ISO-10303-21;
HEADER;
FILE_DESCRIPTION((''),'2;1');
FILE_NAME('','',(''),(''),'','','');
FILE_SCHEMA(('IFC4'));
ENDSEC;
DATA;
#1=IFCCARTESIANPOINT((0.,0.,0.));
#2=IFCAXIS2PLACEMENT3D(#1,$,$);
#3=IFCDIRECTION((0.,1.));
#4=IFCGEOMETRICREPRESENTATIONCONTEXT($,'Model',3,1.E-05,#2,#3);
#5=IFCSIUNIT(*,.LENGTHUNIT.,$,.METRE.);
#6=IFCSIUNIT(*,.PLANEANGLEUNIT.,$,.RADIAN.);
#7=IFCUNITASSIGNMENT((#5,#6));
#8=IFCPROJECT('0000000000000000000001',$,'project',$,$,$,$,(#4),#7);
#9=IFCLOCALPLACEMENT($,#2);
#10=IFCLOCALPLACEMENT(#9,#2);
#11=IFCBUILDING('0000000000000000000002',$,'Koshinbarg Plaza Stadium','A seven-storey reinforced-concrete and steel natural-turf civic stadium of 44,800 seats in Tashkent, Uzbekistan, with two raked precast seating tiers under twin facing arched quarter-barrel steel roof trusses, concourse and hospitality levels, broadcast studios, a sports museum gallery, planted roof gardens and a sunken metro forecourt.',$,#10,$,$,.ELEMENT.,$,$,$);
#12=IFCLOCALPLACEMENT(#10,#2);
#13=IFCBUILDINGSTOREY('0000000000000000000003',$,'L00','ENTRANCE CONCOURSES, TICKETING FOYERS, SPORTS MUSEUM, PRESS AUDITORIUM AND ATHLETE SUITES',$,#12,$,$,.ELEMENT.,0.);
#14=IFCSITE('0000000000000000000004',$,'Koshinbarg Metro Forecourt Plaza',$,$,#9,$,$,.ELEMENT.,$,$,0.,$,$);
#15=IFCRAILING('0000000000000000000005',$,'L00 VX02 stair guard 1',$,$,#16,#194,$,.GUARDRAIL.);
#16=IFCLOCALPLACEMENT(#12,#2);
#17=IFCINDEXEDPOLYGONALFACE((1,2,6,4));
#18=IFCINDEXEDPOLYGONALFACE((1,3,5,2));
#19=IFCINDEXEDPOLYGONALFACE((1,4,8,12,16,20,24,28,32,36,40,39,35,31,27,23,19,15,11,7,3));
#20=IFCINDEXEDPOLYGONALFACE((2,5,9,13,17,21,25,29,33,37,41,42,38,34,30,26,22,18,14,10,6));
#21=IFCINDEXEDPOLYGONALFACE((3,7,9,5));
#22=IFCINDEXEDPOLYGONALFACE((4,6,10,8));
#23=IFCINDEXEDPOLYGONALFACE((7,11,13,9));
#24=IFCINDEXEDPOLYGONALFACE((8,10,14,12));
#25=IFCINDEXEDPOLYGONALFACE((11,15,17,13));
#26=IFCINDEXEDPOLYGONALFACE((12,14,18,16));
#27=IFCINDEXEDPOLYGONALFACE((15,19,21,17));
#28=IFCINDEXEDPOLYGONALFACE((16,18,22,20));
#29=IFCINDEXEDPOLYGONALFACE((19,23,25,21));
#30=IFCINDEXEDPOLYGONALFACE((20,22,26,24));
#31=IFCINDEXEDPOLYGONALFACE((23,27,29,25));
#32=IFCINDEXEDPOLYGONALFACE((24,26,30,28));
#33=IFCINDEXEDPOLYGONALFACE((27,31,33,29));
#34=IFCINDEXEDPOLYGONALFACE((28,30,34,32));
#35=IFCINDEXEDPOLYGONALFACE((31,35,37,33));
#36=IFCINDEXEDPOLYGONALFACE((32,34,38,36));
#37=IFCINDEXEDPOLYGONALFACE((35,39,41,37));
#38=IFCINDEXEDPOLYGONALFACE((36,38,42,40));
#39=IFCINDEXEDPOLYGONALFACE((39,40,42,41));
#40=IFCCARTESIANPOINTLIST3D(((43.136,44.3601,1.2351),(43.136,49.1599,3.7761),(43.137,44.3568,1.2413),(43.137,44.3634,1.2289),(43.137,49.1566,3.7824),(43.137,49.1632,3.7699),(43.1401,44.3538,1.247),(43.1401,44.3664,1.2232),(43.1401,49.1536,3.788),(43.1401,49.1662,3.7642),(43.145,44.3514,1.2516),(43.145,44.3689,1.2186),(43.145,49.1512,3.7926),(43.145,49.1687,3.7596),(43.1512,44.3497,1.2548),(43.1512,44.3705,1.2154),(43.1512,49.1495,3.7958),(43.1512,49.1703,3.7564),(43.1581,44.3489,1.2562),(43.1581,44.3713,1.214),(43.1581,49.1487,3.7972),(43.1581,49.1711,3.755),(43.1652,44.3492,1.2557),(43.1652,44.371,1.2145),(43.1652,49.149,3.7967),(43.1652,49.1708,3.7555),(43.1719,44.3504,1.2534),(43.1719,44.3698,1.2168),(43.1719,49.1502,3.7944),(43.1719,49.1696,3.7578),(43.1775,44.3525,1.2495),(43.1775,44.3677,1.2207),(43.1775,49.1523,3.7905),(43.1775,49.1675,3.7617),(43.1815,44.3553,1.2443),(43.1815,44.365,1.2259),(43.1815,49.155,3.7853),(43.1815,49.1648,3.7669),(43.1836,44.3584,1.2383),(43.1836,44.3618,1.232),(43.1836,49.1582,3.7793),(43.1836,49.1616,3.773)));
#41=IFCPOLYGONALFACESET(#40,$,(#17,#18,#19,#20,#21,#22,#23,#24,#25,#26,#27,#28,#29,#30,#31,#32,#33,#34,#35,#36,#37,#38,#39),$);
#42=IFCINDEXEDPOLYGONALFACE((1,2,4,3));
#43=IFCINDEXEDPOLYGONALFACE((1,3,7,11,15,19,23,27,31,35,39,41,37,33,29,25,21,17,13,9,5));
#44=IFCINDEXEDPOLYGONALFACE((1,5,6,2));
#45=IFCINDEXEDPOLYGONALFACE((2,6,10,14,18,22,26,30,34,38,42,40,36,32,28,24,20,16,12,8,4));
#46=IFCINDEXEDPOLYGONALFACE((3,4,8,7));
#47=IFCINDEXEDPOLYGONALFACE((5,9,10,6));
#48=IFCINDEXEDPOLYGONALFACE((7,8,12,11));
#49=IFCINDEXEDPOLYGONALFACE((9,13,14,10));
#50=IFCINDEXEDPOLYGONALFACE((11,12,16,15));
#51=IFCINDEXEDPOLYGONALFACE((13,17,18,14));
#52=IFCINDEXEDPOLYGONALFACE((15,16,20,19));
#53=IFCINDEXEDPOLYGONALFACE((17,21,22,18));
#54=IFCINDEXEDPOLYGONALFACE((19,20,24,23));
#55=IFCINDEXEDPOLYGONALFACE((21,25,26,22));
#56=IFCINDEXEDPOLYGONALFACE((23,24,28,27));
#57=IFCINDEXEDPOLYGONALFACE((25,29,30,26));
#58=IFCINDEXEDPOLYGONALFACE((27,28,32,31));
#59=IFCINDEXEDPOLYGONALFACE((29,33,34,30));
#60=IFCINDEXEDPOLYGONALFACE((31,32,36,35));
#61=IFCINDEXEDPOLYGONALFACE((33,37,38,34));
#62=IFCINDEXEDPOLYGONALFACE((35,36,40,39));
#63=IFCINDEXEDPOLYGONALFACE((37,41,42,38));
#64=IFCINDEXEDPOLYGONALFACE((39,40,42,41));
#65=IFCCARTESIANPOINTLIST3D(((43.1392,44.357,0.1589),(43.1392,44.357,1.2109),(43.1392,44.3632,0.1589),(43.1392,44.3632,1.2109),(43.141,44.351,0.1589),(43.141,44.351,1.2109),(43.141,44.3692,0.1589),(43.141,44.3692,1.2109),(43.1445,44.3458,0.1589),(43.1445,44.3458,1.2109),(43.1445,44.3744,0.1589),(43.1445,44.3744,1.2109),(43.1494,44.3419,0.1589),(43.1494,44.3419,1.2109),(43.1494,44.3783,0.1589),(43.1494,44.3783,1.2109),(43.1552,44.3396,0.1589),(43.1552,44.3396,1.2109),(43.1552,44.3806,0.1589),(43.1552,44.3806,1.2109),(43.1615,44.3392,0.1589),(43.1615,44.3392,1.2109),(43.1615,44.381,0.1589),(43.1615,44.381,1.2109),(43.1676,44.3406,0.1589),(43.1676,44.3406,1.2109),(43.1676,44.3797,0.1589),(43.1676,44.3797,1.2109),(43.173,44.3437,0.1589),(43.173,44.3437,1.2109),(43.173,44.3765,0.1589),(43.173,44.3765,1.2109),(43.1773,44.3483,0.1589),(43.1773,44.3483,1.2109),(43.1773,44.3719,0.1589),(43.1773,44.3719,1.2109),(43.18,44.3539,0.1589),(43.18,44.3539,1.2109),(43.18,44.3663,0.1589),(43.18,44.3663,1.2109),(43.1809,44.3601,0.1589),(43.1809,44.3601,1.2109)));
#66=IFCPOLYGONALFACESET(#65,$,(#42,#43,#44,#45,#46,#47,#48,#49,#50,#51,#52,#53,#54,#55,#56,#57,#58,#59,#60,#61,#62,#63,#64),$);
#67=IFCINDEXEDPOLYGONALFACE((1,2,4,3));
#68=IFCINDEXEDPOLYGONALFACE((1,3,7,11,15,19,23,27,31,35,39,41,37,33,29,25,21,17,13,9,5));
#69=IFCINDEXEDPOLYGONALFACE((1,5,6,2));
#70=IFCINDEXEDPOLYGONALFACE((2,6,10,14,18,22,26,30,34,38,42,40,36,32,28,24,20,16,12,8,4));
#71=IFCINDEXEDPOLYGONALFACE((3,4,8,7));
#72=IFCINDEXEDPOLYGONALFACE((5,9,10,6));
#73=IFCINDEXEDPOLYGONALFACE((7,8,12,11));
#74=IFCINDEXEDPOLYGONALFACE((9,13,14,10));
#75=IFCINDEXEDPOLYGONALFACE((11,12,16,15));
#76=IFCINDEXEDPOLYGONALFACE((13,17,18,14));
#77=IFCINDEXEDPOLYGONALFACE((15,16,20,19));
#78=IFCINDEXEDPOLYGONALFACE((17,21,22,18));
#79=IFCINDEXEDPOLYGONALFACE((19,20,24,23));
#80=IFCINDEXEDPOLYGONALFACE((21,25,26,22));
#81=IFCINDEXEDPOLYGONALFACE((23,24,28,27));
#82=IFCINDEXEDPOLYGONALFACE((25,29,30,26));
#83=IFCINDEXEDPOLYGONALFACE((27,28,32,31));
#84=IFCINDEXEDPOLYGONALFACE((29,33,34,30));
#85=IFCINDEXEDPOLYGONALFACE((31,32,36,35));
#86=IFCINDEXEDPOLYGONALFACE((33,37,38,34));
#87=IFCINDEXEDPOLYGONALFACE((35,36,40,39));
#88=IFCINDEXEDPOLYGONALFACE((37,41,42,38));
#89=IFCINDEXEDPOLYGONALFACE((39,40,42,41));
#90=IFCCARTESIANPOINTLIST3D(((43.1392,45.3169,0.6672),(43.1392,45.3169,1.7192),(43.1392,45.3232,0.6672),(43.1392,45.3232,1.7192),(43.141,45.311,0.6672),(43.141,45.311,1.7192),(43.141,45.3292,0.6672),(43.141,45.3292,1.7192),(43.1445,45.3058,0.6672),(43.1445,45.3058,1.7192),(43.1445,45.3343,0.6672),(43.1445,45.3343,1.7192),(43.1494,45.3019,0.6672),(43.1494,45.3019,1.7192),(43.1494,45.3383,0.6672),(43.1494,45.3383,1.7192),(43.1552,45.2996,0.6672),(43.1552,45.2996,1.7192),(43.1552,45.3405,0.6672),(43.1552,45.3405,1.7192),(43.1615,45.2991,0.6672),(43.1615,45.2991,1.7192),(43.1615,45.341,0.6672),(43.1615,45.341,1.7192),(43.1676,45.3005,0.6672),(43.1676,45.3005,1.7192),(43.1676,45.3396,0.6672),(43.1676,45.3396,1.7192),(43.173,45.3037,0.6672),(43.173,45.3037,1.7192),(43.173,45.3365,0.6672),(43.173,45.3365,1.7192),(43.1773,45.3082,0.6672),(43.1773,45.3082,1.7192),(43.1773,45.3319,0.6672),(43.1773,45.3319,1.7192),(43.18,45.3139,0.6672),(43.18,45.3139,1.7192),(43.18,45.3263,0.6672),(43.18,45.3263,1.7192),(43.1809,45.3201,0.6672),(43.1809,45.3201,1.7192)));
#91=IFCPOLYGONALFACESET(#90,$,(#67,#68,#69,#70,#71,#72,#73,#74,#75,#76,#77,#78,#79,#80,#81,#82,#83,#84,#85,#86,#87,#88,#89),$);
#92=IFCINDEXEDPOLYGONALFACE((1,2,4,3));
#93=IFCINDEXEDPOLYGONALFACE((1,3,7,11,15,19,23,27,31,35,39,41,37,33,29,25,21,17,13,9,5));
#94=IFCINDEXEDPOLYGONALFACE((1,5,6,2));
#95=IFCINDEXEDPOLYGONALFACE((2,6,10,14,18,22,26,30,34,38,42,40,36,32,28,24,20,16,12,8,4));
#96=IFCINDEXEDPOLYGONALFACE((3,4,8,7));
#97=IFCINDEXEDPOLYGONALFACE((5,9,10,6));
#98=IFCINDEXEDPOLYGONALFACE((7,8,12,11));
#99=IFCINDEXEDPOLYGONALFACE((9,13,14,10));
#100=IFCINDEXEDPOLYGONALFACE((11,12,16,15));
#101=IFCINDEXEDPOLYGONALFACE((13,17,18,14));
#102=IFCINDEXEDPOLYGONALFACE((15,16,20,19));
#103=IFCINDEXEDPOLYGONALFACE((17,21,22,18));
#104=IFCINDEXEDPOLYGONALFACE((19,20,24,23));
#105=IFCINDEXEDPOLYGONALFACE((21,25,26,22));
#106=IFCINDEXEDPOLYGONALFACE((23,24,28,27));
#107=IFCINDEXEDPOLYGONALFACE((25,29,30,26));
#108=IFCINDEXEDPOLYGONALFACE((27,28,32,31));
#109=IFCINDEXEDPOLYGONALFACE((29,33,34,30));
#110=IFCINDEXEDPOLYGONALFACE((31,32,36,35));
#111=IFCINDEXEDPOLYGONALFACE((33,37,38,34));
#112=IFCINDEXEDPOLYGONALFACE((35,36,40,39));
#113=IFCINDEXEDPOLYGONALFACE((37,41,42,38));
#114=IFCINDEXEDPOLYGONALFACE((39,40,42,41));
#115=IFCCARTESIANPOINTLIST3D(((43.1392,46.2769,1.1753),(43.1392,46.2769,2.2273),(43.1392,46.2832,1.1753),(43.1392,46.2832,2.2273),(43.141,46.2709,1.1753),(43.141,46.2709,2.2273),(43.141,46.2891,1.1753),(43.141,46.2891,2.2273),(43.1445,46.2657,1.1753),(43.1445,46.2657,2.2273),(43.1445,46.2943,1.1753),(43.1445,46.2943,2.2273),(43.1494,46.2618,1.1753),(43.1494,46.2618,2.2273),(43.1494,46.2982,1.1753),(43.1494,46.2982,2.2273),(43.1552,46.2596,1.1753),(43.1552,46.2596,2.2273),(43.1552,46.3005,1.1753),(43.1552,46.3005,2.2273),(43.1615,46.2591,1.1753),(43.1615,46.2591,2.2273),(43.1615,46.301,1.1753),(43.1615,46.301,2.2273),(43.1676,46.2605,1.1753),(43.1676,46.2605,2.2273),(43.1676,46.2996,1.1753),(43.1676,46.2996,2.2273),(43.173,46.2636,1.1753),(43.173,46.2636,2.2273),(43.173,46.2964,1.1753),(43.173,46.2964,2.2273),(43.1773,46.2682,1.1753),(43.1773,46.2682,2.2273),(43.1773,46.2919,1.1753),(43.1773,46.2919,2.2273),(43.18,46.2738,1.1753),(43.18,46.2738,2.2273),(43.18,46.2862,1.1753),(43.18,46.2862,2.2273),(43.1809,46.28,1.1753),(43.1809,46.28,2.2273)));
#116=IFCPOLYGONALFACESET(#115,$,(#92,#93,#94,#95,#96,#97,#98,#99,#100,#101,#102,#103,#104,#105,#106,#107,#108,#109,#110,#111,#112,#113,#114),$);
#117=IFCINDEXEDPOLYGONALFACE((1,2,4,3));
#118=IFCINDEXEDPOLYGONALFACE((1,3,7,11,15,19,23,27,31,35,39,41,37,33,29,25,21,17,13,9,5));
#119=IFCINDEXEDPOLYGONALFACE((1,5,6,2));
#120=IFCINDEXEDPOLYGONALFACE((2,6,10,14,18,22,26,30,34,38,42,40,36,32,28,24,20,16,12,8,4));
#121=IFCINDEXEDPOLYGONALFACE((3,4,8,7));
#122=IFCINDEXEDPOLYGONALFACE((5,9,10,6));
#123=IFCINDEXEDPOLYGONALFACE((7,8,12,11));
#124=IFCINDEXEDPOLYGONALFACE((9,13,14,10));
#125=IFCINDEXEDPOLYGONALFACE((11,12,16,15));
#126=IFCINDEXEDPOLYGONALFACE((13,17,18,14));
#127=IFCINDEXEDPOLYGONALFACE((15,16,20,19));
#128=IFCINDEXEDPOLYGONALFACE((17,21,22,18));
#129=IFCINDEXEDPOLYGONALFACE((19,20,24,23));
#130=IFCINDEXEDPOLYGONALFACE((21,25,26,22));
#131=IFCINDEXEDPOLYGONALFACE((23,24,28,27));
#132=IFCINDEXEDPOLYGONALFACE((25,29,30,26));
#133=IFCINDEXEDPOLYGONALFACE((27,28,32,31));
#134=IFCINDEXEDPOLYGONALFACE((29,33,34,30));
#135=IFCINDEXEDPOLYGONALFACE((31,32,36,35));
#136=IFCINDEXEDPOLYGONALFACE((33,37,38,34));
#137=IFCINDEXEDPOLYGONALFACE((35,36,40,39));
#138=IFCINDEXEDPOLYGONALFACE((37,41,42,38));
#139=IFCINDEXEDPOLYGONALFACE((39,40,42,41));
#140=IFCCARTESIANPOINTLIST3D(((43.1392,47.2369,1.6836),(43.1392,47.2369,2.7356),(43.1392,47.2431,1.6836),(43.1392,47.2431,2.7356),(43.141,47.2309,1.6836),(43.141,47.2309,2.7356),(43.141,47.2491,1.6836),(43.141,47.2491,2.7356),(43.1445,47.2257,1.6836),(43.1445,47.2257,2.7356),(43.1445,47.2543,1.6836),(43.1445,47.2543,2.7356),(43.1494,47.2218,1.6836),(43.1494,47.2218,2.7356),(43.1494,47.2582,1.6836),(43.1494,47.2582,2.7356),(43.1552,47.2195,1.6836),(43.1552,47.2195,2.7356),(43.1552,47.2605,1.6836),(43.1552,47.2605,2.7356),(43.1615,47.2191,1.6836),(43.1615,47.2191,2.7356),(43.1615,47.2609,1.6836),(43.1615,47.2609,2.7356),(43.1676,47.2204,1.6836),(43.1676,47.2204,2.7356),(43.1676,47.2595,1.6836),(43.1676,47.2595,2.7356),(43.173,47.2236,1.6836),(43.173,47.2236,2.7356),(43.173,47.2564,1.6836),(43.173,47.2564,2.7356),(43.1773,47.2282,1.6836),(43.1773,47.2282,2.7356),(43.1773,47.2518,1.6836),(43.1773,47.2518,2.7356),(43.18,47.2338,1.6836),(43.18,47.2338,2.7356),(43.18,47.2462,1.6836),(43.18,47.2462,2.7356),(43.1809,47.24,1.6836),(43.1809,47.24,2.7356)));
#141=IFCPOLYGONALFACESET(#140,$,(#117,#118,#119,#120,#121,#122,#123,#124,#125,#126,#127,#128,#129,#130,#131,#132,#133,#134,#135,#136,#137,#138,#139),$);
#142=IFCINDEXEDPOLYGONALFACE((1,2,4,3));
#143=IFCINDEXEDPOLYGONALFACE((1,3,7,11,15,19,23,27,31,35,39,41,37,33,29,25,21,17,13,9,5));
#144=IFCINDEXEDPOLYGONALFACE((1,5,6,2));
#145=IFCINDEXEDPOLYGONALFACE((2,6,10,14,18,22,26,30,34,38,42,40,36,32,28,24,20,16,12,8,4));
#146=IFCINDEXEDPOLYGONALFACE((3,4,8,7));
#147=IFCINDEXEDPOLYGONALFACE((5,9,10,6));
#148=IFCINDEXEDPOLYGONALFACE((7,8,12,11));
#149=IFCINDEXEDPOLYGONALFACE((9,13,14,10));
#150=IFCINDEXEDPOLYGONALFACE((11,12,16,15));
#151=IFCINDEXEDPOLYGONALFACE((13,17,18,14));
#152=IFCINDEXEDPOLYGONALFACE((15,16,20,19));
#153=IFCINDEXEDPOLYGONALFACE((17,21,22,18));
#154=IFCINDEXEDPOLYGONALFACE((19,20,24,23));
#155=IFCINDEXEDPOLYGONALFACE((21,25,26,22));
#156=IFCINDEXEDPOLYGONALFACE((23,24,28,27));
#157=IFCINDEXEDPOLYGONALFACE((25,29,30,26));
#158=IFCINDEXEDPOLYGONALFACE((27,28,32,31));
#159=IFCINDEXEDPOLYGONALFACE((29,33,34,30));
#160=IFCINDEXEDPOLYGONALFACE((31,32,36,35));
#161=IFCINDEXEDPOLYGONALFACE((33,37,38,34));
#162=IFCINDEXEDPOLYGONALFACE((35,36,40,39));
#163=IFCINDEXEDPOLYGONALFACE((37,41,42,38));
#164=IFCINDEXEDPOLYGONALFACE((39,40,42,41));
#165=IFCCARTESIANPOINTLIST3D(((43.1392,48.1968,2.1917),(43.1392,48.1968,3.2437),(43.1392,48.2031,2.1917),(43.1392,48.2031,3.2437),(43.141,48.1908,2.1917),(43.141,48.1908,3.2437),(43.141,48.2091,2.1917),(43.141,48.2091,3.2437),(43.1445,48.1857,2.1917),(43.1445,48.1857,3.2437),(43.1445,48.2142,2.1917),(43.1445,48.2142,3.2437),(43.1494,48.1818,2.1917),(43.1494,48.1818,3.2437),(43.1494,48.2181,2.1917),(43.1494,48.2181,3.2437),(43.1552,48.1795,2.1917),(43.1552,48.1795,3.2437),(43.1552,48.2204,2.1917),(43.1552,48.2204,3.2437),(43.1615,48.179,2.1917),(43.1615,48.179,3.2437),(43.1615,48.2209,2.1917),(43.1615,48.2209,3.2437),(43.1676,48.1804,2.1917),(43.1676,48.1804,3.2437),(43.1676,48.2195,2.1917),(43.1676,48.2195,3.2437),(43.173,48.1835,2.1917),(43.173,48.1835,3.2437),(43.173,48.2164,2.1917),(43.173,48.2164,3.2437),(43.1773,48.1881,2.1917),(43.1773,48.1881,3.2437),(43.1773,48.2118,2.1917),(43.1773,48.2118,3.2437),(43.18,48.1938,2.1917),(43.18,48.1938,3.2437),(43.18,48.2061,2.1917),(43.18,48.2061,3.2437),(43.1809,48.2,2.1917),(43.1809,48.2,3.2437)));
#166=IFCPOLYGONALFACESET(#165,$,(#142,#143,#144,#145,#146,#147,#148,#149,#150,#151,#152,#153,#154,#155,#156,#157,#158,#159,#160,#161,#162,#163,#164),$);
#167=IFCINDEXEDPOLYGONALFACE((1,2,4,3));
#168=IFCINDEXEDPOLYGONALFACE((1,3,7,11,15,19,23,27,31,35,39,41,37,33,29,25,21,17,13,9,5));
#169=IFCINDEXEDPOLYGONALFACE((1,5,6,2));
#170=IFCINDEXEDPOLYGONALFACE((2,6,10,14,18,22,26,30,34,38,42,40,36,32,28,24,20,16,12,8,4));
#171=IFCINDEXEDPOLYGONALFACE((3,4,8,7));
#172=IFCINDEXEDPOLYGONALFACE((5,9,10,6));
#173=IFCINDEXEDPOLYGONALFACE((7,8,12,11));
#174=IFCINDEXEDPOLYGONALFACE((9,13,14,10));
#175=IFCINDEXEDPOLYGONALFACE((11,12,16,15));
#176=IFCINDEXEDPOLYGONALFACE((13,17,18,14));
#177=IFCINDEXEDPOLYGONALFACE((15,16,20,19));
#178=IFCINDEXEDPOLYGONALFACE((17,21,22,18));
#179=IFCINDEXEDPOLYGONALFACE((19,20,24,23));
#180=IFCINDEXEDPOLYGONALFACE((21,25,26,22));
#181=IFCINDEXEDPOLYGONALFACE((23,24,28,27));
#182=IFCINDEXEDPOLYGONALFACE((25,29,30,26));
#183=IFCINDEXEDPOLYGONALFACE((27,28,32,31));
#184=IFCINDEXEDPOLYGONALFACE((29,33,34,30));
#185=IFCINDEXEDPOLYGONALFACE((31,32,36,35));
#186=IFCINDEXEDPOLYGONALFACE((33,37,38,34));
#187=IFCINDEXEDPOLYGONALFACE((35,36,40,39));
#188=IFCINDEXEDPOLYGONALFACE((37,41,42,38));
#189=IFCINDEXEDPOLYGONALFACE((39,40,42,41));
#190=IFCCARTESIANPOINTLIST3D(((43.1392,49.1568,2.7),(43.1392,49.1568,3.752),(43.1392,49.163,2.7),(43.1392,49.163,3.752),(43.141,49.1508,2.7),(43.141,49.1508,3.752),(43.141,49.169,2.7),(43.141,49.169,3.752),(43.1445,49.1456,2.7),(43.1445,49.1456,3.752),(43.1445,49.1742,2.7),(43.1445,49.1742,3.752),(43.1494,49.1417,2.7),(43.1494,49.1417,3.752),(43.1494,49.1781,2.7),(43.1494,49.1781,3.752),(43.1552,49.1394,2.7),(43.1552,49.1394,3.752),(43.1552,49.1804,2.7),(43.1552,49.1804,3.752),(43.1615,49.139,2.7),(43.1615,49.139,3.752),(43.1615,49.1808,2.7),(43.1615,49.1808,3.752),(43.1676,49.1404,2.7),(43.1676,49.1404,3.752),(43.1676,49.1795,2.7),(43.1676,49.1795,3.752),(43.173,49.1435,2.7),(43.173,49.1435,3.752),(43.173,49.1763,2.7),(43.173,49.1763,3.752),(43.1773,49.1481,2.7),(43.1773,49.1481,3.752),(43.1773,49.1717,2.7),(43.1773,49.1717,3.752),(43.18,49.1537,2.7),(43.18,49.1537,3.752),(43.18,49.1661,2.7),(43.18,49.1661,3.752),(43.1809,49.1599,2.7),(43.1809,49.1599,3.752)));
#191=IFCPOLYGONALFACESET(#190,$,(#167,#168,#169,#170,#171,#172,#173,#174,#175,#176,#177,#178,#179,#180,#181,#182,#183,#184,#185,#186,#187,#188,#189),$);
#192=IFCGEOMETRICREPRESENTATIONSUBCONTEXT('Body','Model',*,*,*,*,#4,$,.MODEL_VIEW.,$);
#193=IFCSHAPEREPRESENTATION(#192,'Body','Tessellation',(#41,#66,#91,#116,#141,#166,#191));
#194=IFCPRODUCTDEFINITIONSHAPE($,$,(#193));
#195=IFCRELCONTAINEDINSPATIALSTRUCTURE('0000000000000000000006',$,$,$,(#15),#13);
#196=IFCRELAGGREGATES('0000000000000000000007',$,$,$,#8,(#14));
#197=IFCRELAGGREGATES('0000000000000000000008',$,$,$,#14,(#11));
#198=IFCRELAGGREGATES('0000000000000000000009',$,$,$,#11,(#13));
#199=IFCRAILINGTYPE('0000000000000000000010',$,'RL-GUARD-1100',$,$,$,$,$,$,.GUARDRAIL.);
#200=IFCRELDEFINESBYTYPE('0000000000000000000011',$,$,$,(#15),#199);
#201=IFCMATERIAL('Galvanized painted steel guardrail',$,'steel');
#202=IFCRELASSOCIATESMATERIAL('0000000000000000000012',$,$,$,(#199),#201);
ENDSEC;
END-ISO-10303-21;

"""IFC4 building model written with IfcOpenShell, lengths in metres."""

from ifc_helpers import new_model, si_unit, direction, frame, origin, origin_2d, place, context, subcontext, project, spatial, circle, extrude, material, type_object, element, save


model = new_model("IFC4")

# Units and contexts
model_context = context("Model", 3, precision=1e-05, world=origin(), true_north=direction((0.0, 1.0)))
body_context = subcontext(model_context, "Body", "Model", "MODEL_VIEW")
ifc_project = project(units=[si_unit("LENGTHUNIT", "METRE"), si_unit("PLANEANGLEUNIT", "RADIAN")], contexts=[model_context])

# Site, building, storey
site_placement = place(None, origin())
site = spatial("IfcSite", under=ifc_project, at=site_placement, Name="Koshinbarg Metro Forecourt Plaza", CompositionType="ELEMENT", RefElevation=0.0)
building_placement = place(site_placement, origin())
building = spatial("IfcBuilding", under=site, at=building_placement, Name="Koshinbarg Plaza Stadium", Description="A seven-storey reinforced-concrete and steel natural-turf civic stadium of 44,800 seats in Tashkent, Uzbekistan, with two raked precast seating tiers under twin facing arched quarter-barrel steel roof trusses, concourse and hospitality levels, broadcast studios, a sports museum gallery, planted roof gardens and a sunken metro forecourt.", CompositionType="ELEMENT")
storey_placement = place(building_placement, origin())
storey = spatial("IfcBuildingStorey", under=building, at=storey_placement, Name="L00", Description="ENTRANCE CONCOURSES, TICKETING FOYERS, SPORTS MUSEUM, PRESS AUDITORIUM AND ATHLETE SUITES", CompositionType="ELEMENT", Elevation=0.0)

# Railing
ifc_material_1 = material(Name="Galvanized painted steel guardrail", Category="steel")
railing_type_1 = type_object("IfcRailingType", Name="RL-GUARD-1100", PredefinedType="GUARDRAIL", material=ifc_material_1)
railing_1_placement = place(storey_placement, frame((43.1599, 44.3601, 0.1589)))
element("IfcRailing", 1, at=railing_1_placement, inside=storey, type_object=railing_type_1, Name="L00 VX02 stair guard 1", PredefinedType="GUARDRAIL", context=body_context, shape_type="SweptSolid", body=[
    extrude(circle(Radius=0.0239, at=origin_2d()), frame((0.0, 0.0, 1.0762), z_axis=(0.0, 0.883792, 0.467879), x_axis=(-1.0, 0.0, 0.0)), (0.0, 0.0, 1.0), 5.4309),
    extrude(circle(Radius=0.021, at=origin_2d()), origin(), (0.0, 0.0, 1.0), 1.052),
    extrude(circle(Radius=0.021, at=origin_2d()), frame((0.0, 0.96, 0.5083)), (0.0, 0.0, 1.0), 1.052),
    extrude(circle(Radius=0.021, at=origin_2d()), frame((0.0, 1.9199, 1.0164)), (0.0, 0.0, 1.0), 1.052),
    extrude(circle(Radius=0.021, at=origin_2d()), frame((0.0, 2.8799, 1.5247)), (0.0, 0.0, 1.0), 1.052),
    extrude(circle(Radius=0.021, at=origin_2d()), frame((0.0, 3.8398, 2.0327)), (0.0, 0.0, 1.0), 1.052),
    extrude(circle(Radius=0.021, at=origin_2d()), frame((0.0, 4.7998, 2.541)), (0.0, 0.0, 1.0), 1.052),
])

save(model, "model.ifc")
